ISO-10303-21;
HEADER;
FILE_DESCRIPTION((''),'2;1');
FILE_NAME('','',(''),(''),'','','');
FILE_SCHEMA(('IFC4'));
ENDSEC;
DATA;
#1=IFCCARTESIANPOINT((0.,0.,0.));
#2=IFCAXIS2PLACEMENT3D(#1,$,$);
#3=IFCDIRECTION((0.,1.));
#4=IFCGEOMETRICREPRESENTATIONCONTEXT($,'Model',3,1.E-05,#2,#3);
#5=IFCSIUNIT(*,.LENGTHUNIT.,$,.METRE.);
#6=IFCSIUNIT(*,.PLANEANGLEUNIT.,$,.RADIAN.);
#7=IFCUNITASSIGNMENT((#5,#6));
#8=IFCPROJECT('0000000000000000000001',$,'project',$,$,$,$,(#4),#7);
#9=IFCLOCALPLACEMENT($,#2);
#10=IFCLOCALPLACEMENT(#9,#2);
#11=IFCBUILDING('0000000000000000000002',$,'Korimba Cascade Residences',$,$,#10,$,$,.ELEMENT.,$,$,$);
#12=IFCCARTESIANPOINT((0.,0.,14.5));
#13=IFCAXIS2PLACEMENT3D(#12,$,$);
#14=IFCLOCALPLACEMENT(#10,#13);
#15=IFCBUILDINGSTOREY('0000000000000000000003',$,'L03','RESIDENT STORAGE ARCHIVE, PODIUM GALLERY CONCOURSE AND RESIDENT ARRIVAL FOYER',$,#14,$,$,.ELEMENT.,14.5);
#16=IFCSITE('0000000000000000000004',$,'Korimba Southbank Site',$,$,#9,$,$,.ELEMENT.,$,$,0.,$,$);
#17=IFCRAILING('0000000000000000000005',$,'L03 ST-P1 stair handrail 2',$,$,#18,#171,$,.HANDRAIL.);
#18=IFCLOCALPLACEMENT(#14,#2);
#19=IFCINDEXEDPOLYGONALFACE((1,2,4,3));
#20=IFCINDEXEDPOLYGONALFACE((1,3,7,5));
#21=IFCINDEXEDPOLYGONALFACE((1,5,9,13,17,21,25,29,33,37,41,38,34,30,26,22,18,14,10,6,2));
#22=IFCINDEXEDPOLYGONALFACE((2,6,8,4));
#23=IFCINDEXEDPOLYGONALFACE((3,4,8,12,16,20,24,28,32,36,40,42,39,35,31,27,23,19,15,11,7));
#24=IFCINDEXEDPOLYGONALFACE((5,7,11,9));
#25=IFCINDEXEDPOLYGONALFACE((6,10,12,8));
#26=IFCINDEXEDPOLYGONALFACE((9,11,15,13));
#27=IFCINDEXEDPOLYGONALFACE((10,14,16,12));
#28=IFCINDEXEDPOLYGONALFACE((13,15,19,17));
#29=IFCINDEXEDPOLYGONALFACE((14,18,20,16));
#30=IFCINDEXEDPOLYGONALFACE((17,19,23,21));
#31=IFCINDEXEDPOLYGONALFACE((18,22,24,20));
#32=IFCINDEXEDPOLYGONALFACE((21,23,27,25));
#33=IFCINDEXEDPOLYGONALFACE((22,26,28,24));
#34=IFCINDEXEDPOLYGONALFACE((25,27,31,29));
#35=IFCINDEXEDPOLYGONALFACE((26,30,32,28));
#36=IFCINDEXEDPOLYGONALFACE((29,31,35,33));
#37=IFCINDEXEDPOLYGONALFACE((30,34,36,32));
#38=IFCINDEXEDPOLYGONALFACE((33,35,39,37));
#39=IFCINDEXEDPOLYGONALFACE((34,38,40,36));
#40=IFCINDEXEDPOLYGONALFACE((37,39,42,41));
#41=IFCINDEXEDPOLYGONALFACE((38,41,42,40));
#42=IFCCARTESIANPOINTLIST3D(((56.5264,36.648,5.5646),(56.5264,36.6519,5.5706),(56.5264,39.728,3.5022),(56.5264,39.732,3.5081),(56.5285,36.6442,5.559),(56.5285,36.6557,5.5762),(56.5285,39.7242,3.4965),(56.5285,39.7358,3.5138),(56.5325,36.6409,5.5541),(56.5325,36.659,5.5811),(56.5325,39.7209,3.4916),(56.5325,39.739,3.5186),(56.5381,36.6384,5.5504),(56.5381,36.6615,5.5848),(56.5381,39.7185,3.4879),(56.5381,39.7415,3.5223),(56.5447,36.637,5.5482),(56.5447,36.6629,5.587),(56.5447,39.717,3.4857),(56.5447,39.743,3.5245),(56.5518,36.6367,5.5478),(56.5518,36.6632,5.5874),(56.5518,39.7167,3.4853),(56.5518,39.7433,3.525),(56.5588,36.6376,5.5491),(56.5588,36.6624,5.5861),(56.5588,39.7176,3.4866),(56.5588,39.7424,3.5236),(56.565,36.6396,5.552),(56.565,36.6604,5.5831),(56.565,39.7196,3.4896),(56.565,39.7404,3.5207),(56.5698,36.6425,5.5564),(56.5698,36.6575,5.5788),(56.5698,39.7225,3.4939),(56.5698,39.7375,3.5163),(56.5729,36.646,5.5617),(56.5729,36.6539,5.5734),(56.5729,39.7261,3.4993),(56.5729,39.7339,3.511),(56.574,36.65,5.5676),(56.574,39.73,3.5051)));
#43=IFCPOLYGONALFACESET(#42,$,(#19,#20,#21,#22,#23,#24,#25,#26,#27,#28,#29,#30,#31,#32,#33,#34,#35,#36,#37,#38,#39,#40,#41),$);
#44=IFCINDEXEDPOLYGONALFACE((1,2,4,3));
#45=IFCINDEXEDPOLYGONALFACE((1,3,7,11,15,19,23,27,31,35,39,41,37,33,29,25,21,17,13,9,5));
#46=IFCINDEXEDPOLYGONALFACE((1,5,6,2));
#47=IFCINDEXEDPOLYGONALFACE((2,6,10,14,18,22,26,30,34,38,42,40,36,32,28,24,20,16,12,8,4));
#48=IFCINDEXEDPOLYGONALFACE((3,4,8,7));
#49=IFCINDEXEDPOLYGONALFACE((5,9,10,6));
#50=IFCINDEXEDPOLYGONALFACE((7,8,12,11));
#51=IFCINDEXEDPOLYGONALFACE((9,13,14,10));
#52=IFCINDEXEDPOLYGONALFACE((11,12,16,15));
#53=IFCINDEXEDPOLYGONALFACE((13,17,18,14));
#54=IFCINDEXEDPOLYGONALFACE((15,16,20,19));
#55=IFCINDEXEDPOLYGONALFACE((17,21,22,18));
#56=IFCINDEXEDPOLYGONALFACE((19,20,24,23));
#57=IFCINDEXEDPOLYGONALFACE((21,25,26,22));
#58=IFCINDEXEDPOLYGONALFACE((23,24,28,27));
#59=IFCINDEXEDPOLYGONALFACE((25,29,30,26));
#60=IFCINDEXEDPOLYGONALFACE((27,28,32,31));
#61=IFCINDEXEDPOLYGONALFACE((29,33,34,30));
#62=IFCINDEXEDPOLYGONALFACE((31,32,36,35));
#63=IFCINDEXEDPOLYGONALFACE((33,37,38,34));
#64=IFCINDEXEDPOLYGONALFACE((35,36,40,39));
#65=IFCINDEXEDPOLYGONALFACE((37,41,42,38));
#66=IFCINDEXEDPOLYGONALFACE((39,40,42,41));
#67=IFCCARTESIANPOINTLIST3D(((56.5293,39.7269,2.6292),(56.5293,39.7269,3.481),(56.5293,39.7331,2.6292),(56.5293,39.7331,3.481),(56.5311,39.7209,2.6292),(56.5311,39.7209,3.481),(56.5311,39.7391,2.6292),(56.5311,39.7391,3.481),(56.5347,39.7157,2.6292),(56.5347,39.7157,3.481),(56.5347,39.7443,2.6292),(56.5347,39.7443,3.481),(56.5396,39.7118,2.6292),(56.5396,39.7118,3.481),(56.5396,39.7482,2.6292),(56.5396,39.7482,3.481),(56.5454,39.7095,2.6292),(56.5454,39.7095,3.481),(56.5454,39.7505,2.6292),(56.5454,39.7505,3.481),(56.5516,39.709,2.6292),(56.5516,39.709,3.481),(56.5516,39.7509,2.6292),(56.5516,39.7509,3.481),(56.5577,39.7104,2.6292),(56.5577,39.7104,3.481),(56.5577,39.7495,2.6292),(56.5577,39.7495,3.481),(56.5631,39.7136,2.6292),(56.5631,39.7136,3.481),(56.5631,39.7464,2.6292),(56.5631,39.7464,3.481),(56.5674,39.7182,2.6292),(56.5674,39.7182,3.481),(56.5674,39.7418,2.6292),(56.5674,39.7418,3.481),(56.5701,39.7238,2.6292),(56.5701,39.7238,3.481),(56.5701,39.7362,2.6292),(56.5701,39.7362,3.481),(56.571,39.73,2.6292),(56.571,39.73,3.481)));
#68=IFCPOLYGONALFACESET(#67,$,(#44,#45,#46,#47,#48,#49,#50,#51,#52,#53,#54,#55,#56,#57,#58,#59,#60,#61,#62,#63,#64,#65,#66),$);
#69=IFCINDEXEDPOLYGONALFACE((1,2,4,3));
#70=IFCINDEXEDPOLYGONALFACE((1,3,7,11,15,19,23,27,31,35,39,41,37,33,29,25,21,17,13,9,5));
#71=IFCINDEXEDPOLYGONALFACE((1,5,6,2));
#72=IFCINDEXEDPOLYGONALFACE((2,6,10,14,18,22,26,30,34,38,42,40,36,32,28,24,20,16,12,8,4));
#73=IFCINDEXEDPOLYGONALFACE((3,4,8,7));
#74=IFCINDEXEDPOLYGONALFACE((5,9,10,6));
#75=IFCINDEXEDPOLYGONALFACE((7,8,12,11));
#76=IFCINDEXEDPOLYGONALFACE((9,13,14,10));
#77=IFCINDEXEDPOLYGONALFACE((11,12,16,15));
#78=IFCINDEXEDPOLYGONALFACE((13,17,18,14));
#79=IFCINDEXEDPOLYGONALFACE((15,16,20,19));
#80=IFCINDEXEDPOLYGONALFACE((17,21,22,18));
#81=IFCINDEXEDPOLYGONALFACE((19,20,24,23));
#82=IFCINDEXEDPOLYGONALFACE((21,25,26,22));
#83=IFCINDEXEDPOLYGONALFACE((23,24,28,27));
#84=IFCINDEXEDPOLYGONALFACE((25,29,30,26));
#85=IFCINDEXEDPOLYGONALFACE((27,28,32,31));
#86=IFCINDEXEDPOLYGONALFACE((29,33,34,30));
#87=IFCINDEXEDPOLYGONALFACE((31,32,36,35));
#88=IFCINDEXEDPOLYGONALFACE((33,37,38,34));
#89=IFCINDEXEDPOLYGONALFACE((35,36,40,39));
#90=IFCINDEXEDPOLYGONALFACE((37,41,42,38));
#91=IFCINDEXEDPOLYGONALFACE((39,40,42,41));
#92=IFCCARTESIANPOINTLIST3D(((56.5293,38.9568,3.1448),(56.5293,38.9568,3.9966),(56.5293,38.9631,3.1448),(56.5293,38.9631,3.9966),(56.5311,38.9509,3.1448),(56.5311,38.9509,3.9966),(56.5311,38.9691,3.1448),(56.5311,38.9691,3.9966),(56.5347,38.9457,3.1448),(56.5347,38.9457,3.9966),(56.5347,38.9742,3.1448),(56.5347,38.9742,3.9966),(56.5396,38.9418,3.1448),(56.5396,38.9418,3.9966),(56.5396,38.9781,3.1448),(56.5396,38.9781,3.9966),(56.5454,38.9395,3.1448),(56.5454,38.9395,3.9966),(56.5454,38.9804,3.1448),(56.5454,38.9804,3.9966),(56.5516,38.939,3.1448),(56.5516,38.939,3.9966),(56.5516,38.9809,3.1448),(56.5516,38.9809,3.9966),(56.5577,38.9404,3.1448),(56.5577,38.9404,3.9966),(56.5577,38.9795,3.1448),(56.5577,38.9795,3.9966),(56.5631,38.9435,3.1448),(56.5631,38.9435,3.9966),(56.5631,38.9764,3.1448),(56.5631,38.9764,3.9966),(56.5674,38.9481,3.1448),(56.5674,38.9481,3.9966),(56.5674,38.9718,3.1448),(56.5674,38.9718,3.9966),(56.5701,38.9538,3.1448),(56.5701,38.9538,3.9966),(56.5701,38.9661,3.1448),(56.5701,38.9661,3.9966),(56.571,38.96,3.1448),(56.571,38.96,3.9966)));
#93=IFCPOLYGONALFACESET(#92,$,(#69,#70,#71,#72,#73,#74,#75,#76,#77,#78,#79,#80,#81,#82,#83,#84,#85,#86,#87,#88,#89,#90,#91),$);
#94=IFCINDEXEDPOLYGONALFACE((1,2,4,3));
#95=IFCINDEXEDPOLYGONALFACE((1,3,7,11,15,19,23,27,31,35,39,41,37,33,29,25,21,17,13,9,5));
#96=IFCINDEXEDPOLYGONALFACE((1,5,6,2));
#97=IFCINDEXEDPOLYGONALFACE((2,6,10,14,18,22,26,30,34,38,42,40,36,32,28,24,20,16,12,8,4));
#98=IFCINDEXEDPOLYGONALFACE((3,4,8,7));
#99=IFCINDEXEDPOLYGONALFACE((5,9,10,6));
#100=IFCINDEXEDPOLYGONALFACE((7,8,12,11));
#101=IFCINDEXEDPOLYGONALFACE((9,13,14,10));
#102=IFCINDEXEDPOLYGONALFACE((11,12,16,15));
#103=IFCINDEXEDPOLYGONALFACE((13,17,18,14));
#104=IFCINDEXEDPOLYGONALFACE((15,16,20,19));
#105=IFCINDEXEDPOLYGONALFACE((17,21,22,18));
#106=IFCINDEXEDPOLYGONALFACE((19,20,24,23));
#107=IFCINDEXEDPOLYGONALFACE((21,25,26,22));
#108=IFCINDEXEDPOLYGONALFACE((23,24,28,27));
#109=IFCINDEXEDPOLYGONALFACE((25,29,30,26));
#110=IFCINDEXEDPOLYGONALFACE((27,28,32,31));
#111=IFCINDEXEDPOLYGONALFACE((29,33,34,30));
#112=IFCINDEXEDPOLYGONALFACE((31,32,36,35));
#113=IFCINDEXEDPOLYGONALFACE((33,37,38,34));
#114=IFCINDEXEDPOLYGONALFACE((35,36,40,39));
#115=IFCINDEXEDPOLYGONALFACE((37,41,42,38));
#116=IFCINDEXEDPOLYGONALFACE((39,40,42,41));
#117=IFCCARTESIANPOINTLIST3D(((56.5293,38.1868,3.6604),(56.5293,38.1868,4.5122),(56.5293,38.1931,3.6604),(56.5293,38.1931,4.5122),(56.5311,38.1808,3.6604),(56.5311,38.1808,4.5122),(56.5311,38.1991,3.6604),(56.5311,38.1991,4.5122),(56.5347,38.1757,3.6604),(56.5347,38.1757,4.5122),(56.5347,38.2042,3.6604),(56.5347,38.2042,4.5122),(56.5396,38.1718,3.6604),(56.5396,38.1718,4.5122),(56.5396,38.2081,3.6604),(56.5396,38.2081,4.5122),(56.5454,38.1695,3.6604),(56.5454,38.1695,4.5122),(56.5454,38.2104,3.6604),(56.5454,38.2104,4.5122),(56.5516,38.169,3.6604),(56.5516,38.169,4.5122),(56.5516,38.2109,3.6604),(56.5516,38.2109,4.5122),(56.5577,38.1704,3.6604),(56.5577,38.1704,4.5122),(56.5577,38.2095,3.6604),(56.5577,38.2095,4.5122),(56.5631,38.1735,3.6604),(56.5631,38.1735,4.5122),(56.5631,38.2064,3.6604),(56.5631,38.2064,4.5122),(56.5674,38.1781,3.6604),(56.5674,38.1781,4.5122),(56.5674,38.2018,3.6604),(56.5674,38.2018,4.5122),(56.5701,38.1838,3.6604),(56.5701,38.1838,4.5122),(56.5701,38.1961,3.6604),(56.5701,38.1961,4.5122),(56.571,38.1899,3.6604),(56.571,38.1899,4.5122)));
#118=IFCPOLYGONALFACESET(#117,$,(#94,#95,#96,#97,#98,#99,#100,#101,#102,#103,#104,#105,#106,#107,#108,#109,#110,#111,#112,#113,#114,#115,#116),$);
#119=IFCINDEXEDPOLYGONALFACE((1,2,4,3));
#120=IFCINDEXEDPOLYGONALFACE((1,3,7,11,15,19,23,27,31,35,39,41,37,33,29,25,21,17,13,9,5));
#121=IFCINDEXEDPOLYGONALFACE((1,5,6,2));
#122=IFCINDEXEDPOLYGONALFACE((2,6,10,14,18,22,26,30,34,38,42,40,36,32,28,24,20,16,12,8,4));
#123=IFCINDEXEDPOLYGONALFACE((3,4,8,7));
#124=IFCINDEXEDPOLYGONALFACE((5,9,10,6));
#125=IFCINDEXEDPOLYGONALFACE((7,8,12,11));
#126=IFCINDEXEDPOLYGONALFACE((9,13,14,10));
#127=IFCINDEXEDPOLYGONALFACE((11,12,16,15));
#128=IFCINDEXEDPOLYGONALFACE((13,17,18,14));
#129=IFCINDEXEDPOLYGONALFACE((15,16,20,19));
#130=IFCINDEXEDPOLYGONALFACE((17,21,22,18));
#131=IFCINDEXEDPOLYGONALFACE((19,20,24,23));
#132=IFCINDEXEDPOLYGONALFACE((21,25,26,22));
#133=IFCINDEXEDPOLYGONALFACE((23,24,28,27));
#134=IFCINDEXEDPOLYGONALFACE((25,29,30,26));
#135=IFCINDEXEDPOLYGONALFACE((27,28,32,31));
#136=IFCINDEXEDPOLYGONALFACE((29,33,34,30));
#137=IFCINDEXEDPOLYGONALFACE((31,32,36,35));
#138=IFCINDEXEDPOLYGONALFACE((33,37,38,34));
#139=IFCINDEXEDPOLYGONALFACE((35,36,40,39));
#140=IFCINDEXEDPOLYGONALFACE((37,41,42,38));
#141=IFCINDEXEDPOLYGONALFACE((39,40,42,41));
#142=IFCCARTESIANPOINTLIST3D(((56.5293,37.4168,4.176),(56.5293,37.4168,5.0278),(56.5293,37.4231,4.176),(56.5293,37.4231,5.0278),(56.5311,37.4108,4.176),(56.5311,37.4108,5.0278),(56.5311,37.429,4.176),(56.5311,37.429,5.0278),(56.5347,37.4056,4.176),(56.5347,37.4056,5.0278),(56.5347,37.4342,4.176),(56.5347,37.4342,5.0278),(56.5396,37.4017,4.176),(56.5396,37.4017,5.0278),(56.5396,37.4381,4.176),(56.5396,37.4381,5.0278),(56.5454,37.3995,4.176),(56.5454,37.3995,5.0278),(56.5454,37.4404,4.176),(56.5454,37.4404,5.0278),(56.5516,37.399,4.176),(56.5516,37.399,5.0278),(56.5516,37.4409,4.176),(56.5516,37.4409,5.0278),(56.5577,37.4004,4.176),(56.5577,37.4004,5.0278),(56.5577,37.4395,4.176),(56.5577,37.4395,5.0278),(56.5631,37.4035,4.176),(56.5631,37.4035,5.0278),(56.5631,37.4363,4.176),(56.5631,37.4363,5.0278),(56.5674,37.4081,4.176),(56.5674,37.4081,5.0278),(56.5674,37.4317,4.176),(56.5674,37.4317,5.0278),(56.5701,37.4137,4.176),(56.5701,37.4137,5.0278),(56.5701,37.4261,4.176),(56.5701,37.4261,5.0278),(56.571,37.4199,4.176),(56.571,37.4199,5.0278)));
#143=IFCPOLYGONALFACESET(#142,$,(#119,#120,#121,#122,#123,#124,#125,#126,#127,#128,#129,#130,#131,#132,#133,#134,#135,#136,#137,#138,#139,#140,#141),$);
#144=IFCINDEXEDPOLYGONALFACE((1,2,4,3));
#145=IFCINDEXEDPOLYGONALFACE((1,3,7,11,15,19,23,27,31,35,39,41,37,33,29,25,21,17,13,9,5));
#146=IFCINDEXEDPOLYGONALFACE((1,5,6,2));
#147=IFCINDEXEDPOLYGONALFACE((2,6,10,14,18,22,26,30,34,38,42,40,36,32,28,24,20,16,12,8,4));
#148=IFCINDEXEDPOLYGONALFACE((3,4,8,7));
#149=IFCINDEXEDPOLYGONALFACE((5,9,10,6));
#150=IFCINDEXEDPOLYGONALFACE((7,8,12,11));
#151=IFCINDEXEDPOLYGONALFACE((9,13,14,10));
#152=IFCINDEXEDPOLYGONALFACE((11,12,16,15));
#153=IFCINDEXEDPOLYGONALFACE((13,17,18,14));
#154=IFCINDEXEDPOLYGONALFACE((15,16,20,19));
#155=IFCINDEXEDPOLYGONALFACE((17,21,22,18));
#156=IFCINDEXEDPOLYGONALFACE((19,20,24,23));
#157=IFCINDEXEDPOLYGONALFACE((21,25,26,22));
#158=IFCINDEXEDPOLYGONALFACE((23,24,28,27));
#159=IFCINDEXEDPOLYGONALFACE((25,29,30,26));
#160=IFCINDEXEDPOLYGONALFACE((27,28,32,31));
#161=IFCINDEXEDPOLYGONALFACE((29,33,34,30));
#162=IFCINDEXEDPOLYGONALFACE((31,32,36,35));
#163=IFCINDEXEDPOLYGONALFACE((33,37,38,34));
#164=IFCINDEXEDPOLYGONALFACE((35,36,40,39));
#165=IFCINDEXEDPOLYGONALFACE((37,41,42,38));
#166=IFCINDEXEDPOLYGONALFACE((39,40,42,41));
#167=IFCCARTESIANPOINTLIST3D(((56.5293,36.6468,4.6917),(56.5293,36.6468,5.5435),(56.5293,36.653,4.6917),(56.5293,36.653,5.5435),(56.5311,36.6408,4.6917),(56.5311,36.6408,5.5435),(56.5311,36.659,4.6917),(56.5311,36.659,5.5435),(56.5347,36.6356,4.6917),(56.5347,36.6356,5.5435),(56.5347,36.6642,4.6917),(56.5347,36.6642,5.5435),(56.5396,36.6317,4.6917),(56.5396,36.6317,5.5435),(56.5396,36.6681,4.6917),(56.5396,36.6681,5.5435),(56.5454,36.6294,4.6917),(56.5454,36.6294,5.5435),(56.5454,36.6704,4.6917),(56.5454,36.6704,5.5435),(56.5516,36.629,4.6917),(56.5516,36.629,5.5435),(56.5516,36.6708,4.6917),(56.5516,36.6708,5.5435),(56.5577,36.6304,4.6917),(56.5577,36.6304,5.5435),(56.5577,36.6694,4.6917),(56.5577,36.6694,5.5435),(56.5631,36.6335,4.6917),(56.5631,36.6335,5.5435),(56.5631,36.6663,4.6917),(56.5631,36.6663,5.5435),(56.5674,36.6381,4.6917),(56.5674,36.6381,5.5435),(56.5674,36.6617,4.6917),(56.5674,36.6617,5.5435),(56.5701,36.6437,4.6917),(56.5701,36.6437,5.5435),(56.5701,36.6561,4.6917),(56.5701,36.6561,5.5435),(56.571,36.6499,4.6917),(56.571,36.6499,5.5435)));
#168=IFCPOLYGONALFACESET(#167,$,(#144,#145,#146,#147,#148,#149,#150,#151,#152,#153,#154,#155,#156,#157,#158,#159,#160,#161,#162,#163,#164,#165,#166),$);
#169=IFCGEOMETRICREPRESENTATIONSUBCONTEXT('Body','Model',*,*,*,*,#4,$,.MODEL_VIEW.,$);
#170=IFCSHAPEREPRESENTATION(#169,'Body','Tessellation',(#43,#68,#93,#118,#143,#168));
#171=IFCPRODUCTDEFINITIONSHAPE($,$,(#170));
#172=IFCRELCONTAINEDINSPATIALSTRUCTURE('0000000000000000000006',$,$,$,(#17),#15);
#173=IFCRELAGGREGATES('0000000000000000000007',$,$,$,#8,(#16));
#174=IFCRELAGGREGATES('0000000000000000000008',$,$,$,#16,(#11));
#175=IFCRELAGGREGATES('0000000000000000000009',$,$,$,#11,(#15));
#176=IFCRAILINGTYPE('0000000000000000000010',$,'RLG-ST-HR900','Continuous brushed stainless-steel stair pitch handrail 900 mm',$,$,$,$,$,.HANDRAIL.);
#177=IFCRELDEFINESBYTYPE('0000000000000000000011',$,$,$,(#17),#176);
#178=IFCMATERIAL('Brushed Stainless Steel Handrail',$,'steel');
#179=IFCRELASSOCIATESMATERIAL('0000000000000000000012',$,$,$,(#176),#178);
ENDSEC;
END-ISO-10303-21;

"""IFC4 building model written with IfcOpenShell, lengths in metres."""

from ifc_helpers import new_model, si_unit, direction, frame, origin, origin_2d, place, context, subcontext, project, spatial, circle, extrude, material, type_object, element, save


model = new_model("IFC4")

# Units and contexts
model_context = context("Model", 3, precision=1e-05, world=origin(), true_north=direction((0.0, 1.0)))
body_context = subcontext(model_context, "Body", "Model", "MODEL_VIEW")
ifc_project = project(units=[si_unit("LENGTHUNIT", "METRE"), si_unit("PLANEANGLEUNIT", "RADIAN")], contexts=[model_context])

# Site, building, storey
site_placement = place(None, origin())
site = spatial("IfcSite", under=ifc_project, at=site_placement, Name="Korimba Southbank Site", CompositionType="ELEMENT", RefElevation=0.0)
building_placement = place(site_placement, origin())
building = spatial("IfcBuilding", under=site, at=building_placement, Name="Korimba Cascade Residences", CompositionType="ELEMENT")
storey_placement = place(building_placement, frame((0.0, 0.0, 14.5)))
storey = spatial("IfcBuildingStorey", under=building, at=storey_placement, Name="L03", Description="RESIDENT STORAGE ARCHIVE, PODIUM GALLERY CONCOURSE AND RESIDENT ARRIVAL FOYER", CompositionType="ELEMENT", Elevation=14.5)

# Railing
ifc_material_1 = material(Name="Brushed Stainless Steel Handrail", Category="steel")
railing_type_1 = type_object("IfcRailingType", Name="RLG-ST-HR900", Description="Continuous brushed stainless-steel stair pitch handrail 900 mm", PredefinedType="HANDRAIL", material=ifc_material_1)
railing_1_placement = place(storey_placement, frame((56.55, 39.73, 2.6292)))
element("IfcRailing", 1, at=railing_1_placement, inside=storey, type_object=railing_type_1, Name="L03 ST-P1 stair handrail 2", PredefinedType="HANDRAIL", context=body_context, shape_type="SweptSolid", body=[
    extrude(circle(Radius=0.0239, at=origin_2d()), frame((0.0, 0.0, 0.876), z_axis=(0.0, -0.830914, 0.556401), x_axis=(1.0, 0.0, 0.0)), (0.0, 0.0, 1.0), 3.7068),
    extrude(circle(Radius=0.021, at=origin_2d()), origin(), (0.0, 0.0, 1.0), 0.8518),
    extrude(circle(Radius=0.021, at=origin_2d()), frame((0.0, -0.77, 0.5156)), (0.0, 0.0, 1.0), 0.8518),
    extrude(circle(Radius=0.021, at=origin_2d()), frame((0.0, -1.54, 1.0312)), (0.0, 0.0, 1.0), 0.8518),
    extrude(circle(Radius=0.021, at=origin_2d()), frame((0.0, -2.3101, 1.5469)), (0.0, 0.0, 1.0), 0.8518),
    extrude(circle(Radius=0.021, at=origin_2d()), frame((0.0, -3.0801, 2.0625)), (0.0, 0.0, 1.0), 0.8518),
])

save(model, "model.ifc")
